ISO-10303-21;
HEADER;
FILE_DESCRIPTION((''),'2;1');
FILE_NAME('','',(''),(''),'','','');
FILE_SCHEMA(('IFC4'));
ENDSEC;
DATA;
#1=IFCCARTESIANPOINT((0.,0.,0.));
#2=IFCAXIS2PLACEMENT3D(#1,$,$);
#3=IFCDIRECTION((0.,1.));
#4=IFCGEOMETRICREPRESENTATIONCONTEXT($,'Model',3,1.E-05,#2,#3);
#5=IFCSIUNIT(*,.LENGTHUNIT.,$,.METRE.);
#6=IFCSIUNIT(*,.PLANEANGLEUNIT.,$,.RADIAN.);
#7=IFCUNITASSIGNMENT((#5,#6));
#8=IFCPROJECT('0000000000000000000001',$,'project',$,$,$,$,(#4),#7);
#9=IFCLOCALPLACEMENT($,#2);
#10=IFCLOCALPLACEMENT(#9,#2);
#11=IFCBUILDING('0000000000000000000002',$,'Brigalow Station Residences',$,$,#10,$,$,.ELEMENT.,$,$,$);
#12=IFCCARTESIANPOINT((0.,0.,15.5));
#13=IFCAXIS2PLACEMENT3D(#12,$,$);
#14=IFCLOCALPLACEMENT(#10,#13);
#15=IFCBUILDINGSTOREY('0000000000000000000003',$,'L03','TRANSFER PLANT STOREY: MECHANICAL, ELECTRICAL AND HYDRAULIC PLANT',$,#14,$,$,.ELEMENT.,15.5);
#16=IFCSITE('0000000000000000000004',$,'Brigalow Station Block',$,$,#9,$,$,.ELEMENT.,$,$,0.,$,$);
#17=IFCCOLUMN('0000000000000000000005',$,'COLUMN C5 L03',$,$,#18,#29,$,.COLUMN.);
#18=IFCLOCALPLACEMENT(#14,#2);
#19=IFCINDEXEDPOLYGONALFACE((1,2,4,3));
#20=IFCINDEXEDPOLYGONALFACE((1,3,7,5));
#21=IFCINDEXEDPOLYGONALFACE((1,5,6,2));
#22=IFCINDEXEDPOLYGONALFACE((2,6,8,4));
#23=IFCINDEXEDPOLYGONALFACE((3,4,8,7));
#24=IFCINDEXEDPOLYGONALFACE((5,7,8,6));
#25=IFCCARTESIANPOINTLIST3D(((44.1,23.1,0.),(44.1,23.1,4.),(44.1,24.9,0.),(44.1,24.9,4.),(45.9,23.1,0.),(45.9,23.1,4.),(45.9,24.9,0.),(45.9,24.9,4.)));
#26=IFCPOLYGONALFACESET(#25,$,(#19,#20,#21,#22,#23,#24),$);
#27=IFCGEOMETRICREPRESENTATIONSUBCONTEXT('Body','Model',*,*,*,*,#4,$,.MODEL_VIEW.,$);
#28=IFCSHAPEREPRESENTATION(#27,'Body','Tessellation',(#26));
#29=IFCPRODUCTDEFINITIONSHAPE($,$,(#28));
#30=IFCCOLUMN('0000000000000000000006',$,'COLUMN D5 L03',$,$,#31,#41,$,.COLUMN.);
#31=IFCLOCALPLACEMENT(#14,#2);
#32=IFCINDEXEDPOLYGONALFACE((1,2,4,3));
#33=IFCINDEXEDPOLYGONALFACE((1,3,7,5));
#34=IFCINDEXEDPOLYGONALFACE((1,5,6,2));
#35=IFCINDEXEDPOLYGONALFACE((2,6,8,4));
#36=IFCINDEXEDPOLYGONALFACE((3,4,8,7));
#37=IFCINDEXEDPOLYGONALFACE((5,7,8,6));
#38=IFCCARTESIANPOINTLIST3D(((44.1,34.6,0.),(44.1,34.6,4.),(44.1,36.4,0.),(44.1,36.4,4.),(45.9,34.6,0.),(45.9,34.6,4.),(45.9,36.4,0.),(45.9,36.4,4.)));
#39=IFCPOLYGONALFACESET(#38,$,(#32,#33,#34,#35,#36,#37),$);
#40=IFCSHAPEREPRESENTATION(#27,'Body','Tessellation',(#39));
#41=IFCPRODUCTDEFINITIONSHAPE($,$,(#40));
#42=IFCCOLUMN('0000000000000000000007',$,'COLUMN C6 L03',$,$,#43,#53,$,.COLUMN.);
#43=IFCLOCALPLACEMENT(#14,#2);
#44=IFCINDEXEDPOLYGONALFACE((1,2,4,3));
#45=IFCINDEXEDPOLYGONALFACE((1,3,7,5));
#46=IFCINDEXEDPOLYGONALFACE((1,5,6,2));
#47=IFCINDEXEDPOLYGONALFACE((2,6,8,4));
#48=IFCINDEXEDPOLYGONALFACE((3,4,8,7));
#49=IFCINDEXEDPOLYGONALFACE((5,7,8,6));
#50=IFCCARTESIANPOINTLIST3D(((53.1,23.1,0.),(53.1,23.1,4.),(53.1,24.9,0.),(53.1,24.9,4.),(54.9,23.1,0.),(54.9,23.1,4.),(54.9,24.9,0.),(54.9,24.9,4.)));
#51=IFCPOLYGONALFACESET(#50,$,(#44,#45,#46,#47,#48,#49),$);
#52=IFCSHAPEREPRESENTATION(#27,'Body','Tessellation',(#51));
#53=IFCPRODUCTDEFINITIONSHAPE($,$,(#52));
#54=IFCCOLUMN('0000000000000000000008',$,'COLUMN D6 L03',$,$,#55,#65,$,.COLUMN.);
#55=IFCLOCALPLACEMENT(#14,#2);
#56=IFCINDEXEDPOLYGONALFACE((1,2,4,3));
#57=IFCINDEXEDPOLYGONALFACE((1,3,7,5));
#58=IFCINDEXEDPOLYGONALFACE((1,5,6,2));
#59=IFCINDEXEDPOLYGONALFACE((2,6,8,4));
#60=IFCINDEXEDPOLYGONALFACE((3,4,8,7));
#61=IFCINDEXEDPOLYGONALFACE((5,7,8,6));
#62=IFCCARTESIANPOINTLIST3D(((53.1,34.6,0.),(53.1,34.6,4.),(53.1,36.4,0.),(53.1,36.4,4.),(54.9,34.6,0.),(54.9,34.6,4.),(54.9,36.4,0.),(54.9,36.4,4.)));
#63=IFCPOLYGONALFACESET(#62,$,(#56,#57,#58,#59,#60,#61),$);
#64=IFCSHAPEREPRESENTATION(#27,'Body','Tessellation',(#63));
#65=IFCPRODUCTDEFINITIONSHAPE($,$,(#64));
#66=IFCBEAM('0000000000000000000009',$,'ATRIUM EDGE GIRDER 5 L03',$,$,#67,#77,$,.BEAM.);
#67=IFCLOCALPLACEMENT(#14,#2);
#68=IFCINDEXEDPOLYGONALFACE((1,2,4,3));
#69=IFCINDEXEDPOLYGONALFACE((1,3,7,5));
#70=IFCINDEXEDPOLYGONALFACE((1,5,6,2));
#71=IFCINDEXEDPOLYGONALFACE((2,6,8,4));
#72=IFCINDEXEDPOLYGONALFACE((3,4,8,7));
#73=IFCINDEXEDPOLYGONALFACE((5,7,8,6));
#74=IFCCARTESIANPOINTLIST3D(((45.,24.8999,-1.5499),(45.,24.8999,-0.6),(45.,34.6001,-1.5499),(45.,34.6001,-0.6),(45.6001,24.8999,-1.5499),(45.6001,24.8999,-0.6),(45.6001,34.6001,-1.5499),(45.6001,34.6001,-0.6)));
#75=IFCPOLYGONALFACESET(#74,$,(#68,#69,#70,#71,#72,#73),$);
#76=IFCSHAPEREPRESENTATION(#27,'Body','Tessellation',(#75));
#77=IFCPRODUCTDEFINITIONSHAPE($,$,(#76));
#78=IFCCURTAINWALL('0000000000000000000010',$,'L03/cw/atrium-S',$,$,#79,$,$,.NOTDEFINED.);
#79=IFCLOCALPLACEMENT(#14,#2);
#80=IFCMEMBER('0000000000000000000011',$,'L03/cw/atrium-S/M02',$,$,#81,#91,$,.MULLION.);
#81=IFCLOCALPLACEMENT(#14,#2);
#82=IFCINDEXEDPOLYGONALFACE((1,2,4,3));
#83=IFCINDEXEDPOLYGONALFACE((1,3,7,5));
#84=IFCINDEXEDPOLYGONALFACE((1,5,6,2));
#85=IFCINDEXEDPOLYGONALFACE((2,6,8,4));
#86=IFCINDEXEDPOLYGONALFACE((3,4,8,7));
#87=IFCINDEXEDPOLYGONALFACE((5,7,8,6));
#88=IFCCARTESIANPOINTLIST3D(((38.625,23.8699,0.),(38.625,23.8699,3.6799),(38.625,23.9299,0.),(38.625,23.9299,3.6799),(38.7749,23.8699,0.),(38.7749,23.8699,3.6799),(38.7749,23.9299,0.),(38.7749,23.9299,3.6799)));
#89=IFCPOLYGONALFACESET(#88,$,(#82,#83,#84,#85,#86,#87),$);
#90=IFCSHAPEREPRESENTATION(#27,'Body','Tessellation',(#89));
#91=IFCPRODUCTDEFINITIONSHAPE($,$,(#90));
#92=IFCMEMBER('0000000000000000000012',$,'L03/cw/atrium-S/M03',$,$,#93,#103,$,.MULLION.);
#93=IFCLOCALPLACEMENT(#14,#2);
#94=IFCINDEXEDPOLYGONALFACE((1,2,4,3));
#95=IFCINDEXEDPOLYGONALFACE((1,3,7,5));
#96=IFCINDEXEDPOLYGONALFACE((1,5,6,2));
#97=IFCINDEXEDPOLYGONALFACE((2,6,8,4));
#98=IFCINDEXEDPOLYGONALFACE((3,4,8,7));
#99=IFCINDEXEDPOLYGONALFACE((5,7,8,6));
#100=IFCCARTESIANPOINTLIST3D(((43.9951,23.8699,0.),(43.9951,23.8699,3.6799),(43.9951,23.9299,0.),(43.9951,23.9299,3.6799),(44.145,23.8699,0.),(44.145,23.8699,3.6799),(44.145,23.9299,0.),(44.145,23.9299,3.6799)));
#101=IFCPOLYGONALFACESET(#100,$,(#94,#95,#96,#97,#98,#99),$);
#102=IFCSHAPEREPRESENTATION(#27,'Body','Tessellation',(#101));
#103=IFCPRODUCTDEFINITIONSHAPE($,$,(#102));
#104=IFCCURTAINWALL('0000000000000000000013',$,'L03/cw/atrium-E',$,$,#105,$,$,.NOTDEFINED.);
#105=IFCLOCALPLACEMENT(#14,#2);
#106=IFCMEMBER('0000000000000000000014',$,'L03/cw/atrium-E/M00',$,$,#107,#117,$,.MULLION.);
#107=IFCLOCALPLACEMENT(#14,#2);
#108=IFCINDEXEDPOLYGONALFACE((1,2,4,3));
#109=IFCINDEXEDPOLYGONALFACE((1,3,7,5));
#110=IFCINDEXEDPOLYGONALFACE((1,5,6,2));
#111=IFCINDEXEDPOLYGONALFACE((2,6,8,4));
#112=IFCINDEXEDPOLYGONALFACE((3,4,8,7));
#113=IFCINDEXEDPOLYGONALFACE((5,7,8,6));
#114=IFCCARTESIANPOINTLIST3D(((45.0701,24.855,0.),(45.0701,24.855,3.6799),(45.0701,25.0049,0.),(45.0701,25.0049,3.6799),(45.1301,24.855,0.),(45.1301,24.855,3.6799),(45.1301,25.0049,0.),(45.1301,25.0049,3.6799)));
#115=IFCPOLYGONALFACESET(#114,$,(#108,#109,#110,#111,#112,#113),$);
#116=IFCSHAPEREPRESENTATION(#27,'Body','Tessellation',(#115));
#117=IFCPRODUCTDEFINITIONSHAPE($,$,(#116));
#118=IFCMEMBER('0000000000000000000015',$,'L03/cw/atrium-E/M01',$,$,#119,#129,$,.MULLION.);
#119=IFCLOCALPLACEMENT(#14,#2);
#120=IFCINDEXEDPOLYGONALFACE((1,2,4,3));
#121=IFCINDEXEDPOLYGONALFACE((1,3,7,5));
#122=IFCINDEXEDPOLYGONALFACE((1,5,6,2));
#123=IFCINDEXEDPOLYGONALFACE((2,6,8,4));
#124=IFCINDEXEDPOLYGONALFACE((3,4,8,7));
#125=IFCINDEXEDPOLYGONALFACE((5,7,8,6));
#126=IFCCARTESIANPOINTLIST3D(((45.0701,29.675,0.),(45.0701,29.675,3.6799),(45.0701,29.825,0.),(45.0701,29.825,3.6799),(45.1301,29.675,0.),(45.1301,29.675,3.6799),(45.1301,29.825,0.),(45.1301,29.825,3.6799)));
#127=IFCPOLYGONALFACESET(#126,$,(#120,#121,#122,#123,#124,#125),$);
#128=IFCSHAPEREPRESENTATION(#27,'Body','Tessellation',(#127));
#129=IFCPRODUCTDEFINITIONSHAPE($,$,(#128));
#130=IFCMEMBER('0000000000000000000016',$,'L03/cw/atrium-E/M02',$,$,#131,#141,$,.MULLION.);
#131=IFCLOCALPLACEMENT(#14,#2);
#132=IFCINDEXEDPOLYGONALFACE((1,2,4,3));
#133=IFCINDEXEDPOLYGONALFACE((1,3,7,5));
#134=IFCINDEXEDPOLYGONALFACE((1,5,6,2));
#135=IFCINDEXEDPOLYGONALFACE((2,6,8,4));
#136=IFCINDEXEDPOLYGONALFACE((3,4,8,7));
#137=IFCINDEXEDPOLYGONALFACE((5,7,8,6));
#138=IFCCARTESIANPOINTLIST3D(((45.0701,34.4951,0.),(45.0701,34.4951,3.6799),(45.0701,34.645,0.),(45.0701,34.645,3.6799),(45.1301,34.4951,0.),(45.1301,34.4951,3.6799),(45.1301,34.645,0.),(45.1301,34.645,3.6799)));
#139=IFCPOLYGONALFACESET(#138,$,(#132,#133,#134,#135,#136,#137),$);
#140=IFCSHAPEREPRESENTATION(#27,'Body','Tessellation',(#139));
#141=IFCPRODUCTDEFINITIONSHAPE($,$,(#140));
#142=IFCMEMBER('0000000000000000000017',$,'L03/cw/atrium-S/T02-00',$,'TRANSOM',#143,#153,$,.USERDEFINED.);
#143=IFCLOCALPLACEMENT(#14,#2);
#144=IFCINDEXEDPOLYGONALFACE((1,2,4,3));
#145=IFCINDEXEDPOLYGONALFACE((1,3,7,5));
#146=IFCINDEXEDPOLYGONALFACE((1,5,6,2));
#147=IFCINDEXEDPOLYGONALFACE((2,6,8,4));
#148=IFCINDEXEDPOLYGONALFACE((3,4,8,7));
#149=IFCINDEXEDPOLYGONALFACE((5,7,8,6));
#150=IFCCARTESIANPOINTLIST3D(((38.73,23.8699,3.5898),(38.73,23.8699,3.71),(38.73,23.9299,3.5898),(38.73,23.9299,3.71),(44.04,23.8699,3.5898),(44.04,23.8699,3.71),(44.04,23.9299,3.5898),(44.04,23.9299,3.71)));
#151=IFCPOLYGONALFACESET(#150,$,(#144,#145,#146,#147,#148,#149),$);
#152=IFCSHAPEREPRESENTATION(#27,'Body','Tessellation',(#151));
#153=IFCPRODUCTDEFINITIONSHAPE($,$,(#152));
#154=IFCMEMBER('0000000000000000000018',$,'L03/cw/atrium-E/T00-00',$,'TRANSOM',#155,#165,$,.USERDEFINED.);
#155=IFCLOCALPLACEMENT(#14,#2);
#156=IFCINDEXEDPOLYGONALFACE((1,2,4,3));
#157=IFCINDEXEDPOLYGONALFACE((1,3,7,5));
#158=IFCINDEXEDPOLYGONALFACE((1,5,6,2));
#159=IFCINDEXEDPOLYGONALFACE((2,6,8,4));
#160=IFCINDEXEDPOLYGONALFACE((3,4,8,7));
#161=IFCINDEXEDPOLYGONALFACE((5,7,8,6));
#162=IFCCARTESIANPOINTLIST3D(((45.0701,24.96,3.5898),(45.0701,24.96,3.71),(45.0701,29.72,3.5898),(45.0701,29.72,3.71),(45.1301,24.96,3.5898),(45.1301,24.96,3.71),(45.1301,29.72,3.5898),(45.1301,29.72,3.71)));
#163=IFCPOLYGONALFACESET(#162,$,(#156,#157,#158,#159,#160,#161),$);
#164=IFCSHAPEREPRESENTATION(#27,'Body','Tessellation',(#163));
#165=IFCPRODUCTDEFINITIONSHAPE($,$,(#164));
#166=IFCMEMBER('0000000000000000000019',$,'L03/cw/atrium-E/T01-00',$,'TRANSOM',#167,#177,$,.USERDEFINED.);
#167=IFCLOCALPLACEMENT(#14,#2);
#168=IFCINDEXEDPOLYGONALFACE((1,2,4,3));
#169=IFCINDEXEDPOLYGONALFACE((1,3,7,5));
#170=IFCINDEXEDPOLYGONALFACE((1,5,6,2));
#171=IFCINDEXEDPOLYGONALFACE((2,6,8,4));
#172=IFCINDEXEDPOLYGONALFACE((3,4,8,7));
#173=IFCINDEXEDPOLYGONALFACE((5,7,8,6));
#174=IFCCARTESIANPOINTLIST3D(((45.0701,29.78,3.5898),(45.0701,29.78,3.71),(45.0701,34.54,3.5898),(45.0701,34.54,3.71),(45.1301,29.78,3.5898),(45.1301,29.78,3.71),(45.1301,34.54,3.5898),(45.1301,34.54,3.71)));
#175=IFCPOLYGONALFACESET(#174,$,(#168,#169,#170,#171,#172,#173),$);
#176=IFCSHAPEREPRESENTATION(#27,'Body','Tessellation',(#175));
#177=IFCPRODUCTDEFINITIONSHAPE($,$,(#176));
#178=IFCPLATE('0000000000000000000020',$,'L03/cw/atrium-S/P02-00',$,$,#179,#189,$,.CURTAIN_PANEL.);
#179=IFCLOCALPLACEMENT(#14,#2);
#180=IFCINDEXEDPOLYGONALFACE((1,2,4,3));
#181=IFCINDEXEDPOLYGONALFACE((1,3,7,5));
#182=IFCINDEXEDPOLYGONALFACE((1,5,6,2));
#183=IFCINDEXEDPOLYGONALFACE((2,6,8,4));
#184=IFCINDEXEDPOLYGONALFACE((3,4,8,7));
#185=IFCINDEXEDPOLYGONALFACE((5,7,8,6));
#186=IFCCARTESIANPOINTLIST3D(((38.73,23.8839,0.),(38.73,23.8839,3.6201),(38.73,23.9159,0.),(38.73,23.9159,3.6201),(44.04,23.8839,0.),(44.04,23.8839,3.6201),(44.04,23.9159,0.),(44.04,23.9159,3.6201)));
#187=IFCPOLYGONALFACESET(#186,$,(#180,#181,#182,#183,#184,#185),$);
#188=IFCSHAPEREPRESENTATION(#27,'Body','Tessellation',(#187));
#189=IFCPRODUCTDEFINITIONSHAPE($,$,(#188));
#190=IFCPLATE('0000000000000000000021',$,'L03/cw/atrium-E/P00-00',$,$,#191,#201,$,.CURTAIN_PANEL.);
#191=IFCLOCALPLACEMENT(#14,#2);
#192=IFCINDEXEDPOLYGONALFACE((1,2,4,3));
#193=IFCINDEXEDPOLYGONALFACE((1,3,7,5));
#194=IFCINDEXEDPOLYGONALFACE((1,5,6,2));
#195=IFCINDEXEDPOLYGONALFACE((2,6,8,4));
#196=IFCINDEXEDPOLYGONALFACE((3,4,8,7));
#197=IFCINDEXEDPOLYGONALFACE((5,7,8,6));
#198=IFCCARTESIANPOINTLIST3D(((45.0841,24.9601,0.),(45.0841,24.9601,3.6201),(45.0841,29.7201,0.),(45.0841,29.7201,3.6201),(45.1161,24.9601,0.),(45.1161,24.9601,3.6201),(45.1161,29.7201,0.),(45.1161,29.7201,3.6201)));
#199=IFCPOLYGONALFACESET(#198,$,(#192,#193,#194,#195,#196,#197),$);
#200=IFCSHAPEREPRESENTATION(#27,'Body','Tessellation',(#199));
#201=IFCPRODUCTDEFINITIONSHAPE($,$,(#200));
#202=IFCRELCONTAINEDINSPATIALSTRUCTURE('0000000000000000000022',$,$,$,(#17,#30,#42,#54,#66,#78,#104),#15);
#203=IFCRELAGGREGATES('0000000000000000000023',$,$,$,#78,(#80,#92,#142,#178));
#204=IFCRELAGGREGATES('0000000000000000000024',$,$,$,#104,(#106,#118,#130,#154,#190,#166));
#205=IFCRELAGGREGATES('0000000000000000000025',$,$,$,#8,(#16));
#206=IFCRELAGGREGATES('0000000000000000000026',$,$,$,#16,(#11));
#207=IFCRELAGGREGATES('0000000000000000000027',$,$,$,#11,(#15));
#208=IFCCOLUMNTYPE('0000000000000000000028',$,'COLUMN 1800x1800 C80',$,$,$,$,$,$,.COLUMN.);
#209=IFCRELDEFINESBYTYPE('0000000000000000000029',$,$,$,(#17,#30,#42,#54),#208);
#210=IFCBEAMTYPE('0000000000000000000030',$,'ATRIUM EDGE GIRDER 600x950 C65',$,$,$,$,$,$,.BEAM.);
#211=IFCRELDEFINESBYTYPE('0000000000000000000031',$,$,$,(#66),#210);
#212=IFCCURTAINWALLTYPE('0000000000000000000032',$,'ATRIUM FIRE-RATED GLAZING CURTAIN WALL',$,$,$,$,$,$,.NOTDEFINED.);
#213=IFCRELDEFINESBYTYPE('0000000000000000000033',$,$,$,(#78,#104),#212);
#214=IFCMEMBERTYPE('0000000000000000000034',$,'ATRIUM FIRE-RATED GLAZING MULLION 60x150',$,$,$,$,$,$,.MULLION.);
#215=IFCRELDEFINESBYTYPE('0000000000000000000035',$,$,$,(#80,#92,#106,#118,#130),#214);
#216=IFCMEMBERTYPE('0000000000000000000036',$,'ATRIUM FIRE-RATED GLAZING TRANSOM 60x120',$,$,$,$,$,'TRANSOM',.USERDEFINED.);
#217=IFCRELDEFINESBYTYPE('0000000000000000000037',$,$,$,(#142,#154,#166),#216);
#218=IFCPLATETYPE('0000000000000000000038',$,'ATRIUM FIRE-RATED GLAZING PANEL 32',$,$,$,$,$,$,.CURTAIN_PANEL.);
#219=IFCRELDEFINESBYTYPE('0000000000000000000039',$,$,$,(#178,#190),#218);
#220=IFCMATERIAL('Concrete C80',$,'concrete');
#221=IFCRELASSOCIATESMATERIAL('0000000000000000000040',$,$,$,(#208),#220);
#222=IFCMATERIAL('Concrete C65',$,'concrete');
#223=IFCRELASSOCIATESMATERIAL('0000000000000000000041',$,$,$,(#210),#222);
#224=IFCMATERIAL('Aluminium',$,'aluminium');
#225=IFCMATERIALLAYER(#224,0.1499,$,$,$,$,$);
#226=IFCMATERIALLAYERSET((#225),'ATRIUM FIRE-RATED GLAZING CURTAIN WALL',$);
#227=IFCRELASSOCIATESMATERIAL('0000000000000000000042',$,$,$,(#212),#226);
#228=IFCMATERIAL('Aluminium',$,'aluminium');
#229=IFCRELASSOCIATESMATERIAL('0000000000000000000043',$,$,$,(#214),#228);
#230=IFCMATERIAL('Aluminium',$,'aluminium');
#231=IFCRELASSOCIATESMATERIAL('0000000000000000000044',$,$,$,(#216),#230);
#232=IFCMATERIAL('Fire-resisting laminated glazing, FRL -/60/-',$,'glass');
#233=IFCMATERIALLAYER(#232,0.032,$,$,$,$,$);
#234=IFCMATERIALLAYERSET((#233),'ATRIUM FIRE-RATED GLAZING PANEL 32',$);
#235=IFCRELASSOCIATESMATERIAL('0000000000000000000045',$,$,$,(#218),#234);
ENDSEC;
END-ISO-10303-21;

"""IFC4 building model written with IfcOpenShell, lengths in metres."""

from ifc_helpers import new_model, si_unit, direction, frame, origin, origin_2d, place, context, subcontext, project, spatial, rectangle, extrude, material, layer, layer_set, material_profile, profile_set, type_object, element, aggregate, save


model = new_model("IFC4")

# Units and contexts
model_context = context("Model", 3, precision=1e-05, world=origin(), true_north=direction((0.0, 1.0)))
body_context = subcontext(model_context, "Body", "Model", "MODEL_VIEW")
ifc_project = project(units=[si_unit("LENGTHUNIT", "METRE"), si_unit("PLANEANGLEUNIT", "RADIAN")], contexts=[model_context])

# Site, building, storey
site_placement = place(None, origin())
site = spatial("IfcSite", under=ifc_project, at=site_placement, Name="Brigalow Station Block", CompositionType="ELEMENT", RefElevation=0.0)
building_placement = place(site_placement, origin())
building = spatial("IfcBuilding", under=site, at=building_placement, Name="Brigalow Station Residences", CompositionType="ELEMENT")
storey_placement = place(building_placement, frame((0.0, 0.0, 15.5)))
storey = spatial("IfcBuildingStorey", under=building, at=storey_placement, Name="L03", Description="TRANSFER PLANT STOREY: MECHANICAL, ELECTRICAL AND HYDRAULIC PLANT", CompositionType="ELEMENT", Elevation=15.5)

# Columns
ifc_material_1 = material(Name="Concrete C80", Category="concrete")
ifc_material_profile_1 = material_profile(ifc_material_1, rectangle(XDim=1.8, YDim=1.8, at=origin_2d()), Name="RC1800x1800")
ifc_profile_set_1 = profile_set([ifc_material_profile_1], Name="Concrete C80")
column_type = type_object("IfcColumnType", Name="COLUMN 1800x1800 C80", PredefinedType="COLUMN", material=ifc_profile_set_1)
for number, where, z_axis, x_axis, name in (
    (1, (45.0, 24.0, 0.0), (0.0, 0.0, 1.0), (1.0, 0.0, 0.0), "COLUMN C5 L03"),
    (2, (45.0, 35.5, 0.0), (0.0, 0.0, 1.0), (1.0, 0.0, 0.0), "COLUMN D5 L03"),
    (3, (54.0, 24.0, 0.0), (0.0, 0.0, 1.0), (1.0, 0.0, 0.0), "COLUMN C6 L03"),
    (4, (54.0, 35.5, 0.0), (0.0, 0.0, 1.0), (1.0, 0.0, 0.0), "COLUMN D6 L03"),
):
    element("IfcColumn", number, at=place(storey_placement, frame(where, z_axis=z_axis, x_axis=x_axis)), inside=storey, type_object=column_type, Name=name, PredefinedType="COLUMN", context=body_context, shape_type="SweptSolid", body=[
        extrude(rectangle(XDim=1.8, YDim=1.8, at=origin_2d()), origin(), (0.0, 0.0, 1.0), 4.0),
    ])

# Beam
ifc_material_2 = material(Name="Concrete C65", Category="concrete")
ifc_material_profile_2 = material_profile(ifc_material_2, rectangle(XDim=0.6001, YDim=0.95, at=origin_2d()), Name="RC600x950")
ifc_profile_set_2 = profile_set([ifc_material_profile_2], Name="Concrete C65")
beam_type = type_object("IfcBeamType", Name="ATRIUM EDGE GIRDER 600x950 C65", PredefinedType="BEAM", material=ifc_profile_set_2)
beam_placement = place(storey_placement, frame((45.3, 24.8999, -1.075), z_axis=(0.0, 1.0, 0.0), x_axis=(-1.0, 0.0, 0.0)))
element("IfcBeam", 5, at=beam_placement, inside=storey, type_object=beam_type, Name="ATRIUM EDGE GIRDER 5 L03", PredefinedType="BEAM", context=body_context, shape_type="SweptSolid", body=[
    extrude(rectangle(XDim=0.6001, YDim=0.95, at=origin_2d()), origin(), (0.0, 0.0, 1.0), 9.7002),
])

# Curtain walls, members
ifc_material_3 = material(Name="Aluminium", Category="aluminium")
ifc_layer_1 = layer(ifc_material_3, 0.1499)
ifc_layer_set_1 = layer_set([ifc_layer_1], Name="ATRIUM FIRE-RATED GLAZING CURTAIN WALL")
curtain_wall_type = type_object("IfcCurtainWallType", Name="ATRIUM FIRE-RATED GLAZING CURTAIN WALL", PredefinedType="NOTDEFINED", material=ifc_layer_set_1)
curtain_wall_1_placement = place(storey_placement, origin())
curtain_wall_1 = element("IfcCurtainWall", 6, at=curtain_wall_1_placement, inside=storey, type_object=curtain_wall_type, Name="L03/cw/atrium-S", PredefinedType="NOTDEFINED")
ifc_material_4 = material(Name="Aluminium", Category="aluminium")
ifc_material_profile_3 = material_profile(ifc_material_4, rectangle(XDim=0.0601, YDim=0.1499, at=origin_2d()), Name="ATRIUM FIRE-RATED GLAZING MULLION 60x150")
ifc_profile_set_3 = profile_set([ifc_material_profile_3], Name="Aluminium")
member_type_1 = type_object("IfcMemberType", Name="ATRIUM FIRE-RATED GLAZING MULLION 60x150", PredefinedType="MULLION", material=ifc_profile_set_3)
member_1_placement = place(storey_placement, frame((38.7, 23.8999, 0.0), z_axis=(0.0, 0.0, 1.0), x_axis=(0.0, 1.0, 0.0)))
member_1 = element("IfcMember", 7, at=member_1_placement, type_object=member_type_1, Name="L03/cw/atrium-S/M02", PredefinedType="MULLION", context=body_context, shape_type="SweptSolid", body=[
    extrude(rectangle(XDim=0.0601, YDim=0.1499, at=origin_2d()), origin(), (0.0, 0.0, 1.0), 3.6799),
])
member_2_placement = place(storey_placement, frame((44.0701, 23.8999, 0.0), z_axis=(0.0, 0.0, 1.0), x_axis=(0.0, 1.0, 0.0)))
member_2 = element("IfcMember", 8, at=member_2_placement, type_object=member_type_1, Name="L03/cw/atrium-S/M03", PredefinedType="MULLION", context=body_context, shape_type="SweptSolid", body=[
    extrude(rectangle(XDim=0.0601, YDim=0.1499, at=origin_2d()), origin(), (0.0, 0.0, 1.0), 3.6799),
])
curtain_wall_2_placement = place(storey_placement, origin())
curtain_wall_2 = element("IfcCurtainWall", 9, at=curtain_wall_2_placement, inside=storey, type_object=curtain_wall_type, Name="L03/cw/atrium-E", PredefinedType="NOTDEFINED")
member_3_placement = place(storey_placement, frame((45.1001, 24.9299, 0.0), z_axis=(0.0, 0.0, 1.0), x_axis=(-1.0, 0.0, 0.0)))
member_3 = element("IfcMember", 10, at=member_3_placement, type_object=member_type_1, Name="L03/cw/atrium-E/M00", PredefinedType="MULLION", context=body_context, shape_type="SweptSolid", body=[
    extrude(rectangle(XDim=0.0601, YDim=0.1499, at=origin_2d()), origin(), (0.0, 0.0, 1.0), 3.6799),
])
member_4_placement = place(storey_placement, frame((45.1001, 29.75, 0.0), z_axis=(0.0, 0.0, 1.0), x_axis=(-1.0, 0.0, 0.0)))
member_4 = element("IfcMember", 11, at=member_4_placement, type_object=member_type_1, Name="L03/cw/atrium-E/M01", PredefinedType="MULLION", context=body_context, shape_type="SweptSolid", body=[
    extrude(rectangle(XDim=0.0601, YDim=0.1499, at=origin_2d()), origin(), (0.0, 0.0, 1.0), 3.6799),
])
member_5_placement = place(storey_placement, frame((45.1001, 34.5701, 0.0), z_axis=(0.0, 0.0, 1.0), x_axis=(-1.0, 0.0, 0.0)))
member_5 = element("IfcMember", 12, at=member_5_placement, type_object=member_type_1, Name="L03/cw/atrium-E/M02", PredefinedType="MULLION", context=body_context, shape_type="SweptSolid", body=[
    extrude(rectangle(XDim=0.0601, YDim=0.1499, at=origin_2d()), origin(), (0.0, 0.0, 1.0), 3.6799),
])

# Members
ifc_material_5 = material(Name="Aluminium", Category="aluminium")
ifc_material_profile_4 = material_profile(ifc_material_5, rectangle(XDim=0.0601, YDim=0.1201, at=origin_2d()), Name="ATRIUM FIRE-RATED GLAZING TRANSOM 60x120")
ifc_profile_set_4 = profile_set([ifc_material_profile_4], Name="Aluminium")
member_type_2 = type_object("IfcMemberType", Name="ATRIUM FIRE-RATED GLAZING TRANSOM 60x120", ElementType="TRANSOM", PredefinedType="USERDEFINED", material=ifc_profile_set_4)
member_6_placement = place(storey_placement, frame((38.73, 23.8999, 3.6499), z_axis=(1.0, 0.0, 0.0), x_axis=(0.0, 1.0, 0.0)))
member_6 = element("IfcMember", 13, at=member_6_placement, type_object=member_type_2, Name="L03/cw/atrium-S/T02-00", ObjectType="TRANSOM", PredefinedType="USERDEFINED", context=body_context, shape_type="SweptSolid", body=[
    extrude(rectangle(XDim=0.0601, YDim=0.1201, at=origin_2d()), origin(), (0.0, 0.0, 1.0), 5.3101),
])
member_7_placement = place(storey_placement, frame((45.1001, 24.96, 3.6499), z_axis=(0.0, 1.0, 0.0), x_axis=(-1.0, 0.0, 0.0)))
member_7 = element("IfcMember", 14, at=member_7_placement, type_object=member_type_2, Name="L03/cw/atrium-E/T00-00", ObjectType="TRANSOM", PredefinedType="USERDEFINED", context=body_context, shape_type="SweptSolid", body=[
    extrude(rectangle(XDim=0.0601, YDim=0.1201, at=origin_2d()), origin(), (0.0, 0.0, 1.0), 4.76),
])
member_8_placement = place(storey_placement, frame((45.1001, 29.78, 3.6499), z_axis=(0.0, 1.0, 0.0), x_axis=(-1.0, 0.0, 0.0)))
member_8 = element("IfcMember", 15, at=member_8_placement, type_object=member_type_2, Name="L03/cw/atrium-E/T01-00", ObjectType="TRANSOM", PredefinedType="USERDEFINED", context=body_context, shape_type="SweptSolid", body=[
    extrude(rectangle(XDim=0.0601, YDim=0.1201, at=origin_2d()), origin(), (0.0, 0.0, 1.0), 4.76),
])

# Plates
ifc_material_6 = material(Name="Fire-resisting laminated glazing, FRL -/60/-", Category="glass")
ifc_layer_2 = layer(ifc_material_6, 0.032)
ifc_layer_set_2 = layer_set([ifc_layer_2], Name="ATRIUM FIRE-RATED GLAZING PANEL 32")
plate_type = type_object("IfcPlateType", Name="ATRIUM FIRE-RATED GLAZING PANEL 32", PredefinedType="CURTAIN_PANEL", material=ifc_layer_set_2)
plate_1_placement = place(storey_placement, frame((41.385, 23.8999, 0.0), z_axis=(0.0, 0.0, 1.0), x_axis=(1.0, 0.0, 0.0)))
plate_1 = element("IfcPlate", 16, at=plate_1_placement, type_object=plate_type, Name="L03/cw/atrium-S/P02-00", PredefinedType="CURTAIN_PANEL", context=body_context, shape_type="SweptSolid", body=[
    extrude(rectangle(XDim=5.3101, YDim=0.032, at=origin_2d()), origin(), (0.0, 0.0, 1.0), 3.6201),
])
aggregate(curtain_wall_1, [member_1, member_2, member_6, plate_1])
plate_2_placement = place(storey_placement, frame((45.1001, 27.3401, 0.0), z_axis=(0.0, 0.0, 1.0), x_axis=(0.0, 1.0, 0.0)))
plate_2 = element("IfcPlate", 17, at=plate_2_placement, type_object=plate_type, Name="L03/cw/atrium-E/P00-00", PredefinedType="CURTAIN_PANEL", context=body_context, shape_type="SweptSolid", body=[
    extrude(rectangle(XDim=4.76, YDim=0.032, at=origin_2d()), origin(), (0.0, 0.0, 1.0), 3.6201),
])
aggregate(curtain_wall_2, [member_3, member_4, member_5, member_7, plate_2, member_8])

save(model, "model.ifc")
